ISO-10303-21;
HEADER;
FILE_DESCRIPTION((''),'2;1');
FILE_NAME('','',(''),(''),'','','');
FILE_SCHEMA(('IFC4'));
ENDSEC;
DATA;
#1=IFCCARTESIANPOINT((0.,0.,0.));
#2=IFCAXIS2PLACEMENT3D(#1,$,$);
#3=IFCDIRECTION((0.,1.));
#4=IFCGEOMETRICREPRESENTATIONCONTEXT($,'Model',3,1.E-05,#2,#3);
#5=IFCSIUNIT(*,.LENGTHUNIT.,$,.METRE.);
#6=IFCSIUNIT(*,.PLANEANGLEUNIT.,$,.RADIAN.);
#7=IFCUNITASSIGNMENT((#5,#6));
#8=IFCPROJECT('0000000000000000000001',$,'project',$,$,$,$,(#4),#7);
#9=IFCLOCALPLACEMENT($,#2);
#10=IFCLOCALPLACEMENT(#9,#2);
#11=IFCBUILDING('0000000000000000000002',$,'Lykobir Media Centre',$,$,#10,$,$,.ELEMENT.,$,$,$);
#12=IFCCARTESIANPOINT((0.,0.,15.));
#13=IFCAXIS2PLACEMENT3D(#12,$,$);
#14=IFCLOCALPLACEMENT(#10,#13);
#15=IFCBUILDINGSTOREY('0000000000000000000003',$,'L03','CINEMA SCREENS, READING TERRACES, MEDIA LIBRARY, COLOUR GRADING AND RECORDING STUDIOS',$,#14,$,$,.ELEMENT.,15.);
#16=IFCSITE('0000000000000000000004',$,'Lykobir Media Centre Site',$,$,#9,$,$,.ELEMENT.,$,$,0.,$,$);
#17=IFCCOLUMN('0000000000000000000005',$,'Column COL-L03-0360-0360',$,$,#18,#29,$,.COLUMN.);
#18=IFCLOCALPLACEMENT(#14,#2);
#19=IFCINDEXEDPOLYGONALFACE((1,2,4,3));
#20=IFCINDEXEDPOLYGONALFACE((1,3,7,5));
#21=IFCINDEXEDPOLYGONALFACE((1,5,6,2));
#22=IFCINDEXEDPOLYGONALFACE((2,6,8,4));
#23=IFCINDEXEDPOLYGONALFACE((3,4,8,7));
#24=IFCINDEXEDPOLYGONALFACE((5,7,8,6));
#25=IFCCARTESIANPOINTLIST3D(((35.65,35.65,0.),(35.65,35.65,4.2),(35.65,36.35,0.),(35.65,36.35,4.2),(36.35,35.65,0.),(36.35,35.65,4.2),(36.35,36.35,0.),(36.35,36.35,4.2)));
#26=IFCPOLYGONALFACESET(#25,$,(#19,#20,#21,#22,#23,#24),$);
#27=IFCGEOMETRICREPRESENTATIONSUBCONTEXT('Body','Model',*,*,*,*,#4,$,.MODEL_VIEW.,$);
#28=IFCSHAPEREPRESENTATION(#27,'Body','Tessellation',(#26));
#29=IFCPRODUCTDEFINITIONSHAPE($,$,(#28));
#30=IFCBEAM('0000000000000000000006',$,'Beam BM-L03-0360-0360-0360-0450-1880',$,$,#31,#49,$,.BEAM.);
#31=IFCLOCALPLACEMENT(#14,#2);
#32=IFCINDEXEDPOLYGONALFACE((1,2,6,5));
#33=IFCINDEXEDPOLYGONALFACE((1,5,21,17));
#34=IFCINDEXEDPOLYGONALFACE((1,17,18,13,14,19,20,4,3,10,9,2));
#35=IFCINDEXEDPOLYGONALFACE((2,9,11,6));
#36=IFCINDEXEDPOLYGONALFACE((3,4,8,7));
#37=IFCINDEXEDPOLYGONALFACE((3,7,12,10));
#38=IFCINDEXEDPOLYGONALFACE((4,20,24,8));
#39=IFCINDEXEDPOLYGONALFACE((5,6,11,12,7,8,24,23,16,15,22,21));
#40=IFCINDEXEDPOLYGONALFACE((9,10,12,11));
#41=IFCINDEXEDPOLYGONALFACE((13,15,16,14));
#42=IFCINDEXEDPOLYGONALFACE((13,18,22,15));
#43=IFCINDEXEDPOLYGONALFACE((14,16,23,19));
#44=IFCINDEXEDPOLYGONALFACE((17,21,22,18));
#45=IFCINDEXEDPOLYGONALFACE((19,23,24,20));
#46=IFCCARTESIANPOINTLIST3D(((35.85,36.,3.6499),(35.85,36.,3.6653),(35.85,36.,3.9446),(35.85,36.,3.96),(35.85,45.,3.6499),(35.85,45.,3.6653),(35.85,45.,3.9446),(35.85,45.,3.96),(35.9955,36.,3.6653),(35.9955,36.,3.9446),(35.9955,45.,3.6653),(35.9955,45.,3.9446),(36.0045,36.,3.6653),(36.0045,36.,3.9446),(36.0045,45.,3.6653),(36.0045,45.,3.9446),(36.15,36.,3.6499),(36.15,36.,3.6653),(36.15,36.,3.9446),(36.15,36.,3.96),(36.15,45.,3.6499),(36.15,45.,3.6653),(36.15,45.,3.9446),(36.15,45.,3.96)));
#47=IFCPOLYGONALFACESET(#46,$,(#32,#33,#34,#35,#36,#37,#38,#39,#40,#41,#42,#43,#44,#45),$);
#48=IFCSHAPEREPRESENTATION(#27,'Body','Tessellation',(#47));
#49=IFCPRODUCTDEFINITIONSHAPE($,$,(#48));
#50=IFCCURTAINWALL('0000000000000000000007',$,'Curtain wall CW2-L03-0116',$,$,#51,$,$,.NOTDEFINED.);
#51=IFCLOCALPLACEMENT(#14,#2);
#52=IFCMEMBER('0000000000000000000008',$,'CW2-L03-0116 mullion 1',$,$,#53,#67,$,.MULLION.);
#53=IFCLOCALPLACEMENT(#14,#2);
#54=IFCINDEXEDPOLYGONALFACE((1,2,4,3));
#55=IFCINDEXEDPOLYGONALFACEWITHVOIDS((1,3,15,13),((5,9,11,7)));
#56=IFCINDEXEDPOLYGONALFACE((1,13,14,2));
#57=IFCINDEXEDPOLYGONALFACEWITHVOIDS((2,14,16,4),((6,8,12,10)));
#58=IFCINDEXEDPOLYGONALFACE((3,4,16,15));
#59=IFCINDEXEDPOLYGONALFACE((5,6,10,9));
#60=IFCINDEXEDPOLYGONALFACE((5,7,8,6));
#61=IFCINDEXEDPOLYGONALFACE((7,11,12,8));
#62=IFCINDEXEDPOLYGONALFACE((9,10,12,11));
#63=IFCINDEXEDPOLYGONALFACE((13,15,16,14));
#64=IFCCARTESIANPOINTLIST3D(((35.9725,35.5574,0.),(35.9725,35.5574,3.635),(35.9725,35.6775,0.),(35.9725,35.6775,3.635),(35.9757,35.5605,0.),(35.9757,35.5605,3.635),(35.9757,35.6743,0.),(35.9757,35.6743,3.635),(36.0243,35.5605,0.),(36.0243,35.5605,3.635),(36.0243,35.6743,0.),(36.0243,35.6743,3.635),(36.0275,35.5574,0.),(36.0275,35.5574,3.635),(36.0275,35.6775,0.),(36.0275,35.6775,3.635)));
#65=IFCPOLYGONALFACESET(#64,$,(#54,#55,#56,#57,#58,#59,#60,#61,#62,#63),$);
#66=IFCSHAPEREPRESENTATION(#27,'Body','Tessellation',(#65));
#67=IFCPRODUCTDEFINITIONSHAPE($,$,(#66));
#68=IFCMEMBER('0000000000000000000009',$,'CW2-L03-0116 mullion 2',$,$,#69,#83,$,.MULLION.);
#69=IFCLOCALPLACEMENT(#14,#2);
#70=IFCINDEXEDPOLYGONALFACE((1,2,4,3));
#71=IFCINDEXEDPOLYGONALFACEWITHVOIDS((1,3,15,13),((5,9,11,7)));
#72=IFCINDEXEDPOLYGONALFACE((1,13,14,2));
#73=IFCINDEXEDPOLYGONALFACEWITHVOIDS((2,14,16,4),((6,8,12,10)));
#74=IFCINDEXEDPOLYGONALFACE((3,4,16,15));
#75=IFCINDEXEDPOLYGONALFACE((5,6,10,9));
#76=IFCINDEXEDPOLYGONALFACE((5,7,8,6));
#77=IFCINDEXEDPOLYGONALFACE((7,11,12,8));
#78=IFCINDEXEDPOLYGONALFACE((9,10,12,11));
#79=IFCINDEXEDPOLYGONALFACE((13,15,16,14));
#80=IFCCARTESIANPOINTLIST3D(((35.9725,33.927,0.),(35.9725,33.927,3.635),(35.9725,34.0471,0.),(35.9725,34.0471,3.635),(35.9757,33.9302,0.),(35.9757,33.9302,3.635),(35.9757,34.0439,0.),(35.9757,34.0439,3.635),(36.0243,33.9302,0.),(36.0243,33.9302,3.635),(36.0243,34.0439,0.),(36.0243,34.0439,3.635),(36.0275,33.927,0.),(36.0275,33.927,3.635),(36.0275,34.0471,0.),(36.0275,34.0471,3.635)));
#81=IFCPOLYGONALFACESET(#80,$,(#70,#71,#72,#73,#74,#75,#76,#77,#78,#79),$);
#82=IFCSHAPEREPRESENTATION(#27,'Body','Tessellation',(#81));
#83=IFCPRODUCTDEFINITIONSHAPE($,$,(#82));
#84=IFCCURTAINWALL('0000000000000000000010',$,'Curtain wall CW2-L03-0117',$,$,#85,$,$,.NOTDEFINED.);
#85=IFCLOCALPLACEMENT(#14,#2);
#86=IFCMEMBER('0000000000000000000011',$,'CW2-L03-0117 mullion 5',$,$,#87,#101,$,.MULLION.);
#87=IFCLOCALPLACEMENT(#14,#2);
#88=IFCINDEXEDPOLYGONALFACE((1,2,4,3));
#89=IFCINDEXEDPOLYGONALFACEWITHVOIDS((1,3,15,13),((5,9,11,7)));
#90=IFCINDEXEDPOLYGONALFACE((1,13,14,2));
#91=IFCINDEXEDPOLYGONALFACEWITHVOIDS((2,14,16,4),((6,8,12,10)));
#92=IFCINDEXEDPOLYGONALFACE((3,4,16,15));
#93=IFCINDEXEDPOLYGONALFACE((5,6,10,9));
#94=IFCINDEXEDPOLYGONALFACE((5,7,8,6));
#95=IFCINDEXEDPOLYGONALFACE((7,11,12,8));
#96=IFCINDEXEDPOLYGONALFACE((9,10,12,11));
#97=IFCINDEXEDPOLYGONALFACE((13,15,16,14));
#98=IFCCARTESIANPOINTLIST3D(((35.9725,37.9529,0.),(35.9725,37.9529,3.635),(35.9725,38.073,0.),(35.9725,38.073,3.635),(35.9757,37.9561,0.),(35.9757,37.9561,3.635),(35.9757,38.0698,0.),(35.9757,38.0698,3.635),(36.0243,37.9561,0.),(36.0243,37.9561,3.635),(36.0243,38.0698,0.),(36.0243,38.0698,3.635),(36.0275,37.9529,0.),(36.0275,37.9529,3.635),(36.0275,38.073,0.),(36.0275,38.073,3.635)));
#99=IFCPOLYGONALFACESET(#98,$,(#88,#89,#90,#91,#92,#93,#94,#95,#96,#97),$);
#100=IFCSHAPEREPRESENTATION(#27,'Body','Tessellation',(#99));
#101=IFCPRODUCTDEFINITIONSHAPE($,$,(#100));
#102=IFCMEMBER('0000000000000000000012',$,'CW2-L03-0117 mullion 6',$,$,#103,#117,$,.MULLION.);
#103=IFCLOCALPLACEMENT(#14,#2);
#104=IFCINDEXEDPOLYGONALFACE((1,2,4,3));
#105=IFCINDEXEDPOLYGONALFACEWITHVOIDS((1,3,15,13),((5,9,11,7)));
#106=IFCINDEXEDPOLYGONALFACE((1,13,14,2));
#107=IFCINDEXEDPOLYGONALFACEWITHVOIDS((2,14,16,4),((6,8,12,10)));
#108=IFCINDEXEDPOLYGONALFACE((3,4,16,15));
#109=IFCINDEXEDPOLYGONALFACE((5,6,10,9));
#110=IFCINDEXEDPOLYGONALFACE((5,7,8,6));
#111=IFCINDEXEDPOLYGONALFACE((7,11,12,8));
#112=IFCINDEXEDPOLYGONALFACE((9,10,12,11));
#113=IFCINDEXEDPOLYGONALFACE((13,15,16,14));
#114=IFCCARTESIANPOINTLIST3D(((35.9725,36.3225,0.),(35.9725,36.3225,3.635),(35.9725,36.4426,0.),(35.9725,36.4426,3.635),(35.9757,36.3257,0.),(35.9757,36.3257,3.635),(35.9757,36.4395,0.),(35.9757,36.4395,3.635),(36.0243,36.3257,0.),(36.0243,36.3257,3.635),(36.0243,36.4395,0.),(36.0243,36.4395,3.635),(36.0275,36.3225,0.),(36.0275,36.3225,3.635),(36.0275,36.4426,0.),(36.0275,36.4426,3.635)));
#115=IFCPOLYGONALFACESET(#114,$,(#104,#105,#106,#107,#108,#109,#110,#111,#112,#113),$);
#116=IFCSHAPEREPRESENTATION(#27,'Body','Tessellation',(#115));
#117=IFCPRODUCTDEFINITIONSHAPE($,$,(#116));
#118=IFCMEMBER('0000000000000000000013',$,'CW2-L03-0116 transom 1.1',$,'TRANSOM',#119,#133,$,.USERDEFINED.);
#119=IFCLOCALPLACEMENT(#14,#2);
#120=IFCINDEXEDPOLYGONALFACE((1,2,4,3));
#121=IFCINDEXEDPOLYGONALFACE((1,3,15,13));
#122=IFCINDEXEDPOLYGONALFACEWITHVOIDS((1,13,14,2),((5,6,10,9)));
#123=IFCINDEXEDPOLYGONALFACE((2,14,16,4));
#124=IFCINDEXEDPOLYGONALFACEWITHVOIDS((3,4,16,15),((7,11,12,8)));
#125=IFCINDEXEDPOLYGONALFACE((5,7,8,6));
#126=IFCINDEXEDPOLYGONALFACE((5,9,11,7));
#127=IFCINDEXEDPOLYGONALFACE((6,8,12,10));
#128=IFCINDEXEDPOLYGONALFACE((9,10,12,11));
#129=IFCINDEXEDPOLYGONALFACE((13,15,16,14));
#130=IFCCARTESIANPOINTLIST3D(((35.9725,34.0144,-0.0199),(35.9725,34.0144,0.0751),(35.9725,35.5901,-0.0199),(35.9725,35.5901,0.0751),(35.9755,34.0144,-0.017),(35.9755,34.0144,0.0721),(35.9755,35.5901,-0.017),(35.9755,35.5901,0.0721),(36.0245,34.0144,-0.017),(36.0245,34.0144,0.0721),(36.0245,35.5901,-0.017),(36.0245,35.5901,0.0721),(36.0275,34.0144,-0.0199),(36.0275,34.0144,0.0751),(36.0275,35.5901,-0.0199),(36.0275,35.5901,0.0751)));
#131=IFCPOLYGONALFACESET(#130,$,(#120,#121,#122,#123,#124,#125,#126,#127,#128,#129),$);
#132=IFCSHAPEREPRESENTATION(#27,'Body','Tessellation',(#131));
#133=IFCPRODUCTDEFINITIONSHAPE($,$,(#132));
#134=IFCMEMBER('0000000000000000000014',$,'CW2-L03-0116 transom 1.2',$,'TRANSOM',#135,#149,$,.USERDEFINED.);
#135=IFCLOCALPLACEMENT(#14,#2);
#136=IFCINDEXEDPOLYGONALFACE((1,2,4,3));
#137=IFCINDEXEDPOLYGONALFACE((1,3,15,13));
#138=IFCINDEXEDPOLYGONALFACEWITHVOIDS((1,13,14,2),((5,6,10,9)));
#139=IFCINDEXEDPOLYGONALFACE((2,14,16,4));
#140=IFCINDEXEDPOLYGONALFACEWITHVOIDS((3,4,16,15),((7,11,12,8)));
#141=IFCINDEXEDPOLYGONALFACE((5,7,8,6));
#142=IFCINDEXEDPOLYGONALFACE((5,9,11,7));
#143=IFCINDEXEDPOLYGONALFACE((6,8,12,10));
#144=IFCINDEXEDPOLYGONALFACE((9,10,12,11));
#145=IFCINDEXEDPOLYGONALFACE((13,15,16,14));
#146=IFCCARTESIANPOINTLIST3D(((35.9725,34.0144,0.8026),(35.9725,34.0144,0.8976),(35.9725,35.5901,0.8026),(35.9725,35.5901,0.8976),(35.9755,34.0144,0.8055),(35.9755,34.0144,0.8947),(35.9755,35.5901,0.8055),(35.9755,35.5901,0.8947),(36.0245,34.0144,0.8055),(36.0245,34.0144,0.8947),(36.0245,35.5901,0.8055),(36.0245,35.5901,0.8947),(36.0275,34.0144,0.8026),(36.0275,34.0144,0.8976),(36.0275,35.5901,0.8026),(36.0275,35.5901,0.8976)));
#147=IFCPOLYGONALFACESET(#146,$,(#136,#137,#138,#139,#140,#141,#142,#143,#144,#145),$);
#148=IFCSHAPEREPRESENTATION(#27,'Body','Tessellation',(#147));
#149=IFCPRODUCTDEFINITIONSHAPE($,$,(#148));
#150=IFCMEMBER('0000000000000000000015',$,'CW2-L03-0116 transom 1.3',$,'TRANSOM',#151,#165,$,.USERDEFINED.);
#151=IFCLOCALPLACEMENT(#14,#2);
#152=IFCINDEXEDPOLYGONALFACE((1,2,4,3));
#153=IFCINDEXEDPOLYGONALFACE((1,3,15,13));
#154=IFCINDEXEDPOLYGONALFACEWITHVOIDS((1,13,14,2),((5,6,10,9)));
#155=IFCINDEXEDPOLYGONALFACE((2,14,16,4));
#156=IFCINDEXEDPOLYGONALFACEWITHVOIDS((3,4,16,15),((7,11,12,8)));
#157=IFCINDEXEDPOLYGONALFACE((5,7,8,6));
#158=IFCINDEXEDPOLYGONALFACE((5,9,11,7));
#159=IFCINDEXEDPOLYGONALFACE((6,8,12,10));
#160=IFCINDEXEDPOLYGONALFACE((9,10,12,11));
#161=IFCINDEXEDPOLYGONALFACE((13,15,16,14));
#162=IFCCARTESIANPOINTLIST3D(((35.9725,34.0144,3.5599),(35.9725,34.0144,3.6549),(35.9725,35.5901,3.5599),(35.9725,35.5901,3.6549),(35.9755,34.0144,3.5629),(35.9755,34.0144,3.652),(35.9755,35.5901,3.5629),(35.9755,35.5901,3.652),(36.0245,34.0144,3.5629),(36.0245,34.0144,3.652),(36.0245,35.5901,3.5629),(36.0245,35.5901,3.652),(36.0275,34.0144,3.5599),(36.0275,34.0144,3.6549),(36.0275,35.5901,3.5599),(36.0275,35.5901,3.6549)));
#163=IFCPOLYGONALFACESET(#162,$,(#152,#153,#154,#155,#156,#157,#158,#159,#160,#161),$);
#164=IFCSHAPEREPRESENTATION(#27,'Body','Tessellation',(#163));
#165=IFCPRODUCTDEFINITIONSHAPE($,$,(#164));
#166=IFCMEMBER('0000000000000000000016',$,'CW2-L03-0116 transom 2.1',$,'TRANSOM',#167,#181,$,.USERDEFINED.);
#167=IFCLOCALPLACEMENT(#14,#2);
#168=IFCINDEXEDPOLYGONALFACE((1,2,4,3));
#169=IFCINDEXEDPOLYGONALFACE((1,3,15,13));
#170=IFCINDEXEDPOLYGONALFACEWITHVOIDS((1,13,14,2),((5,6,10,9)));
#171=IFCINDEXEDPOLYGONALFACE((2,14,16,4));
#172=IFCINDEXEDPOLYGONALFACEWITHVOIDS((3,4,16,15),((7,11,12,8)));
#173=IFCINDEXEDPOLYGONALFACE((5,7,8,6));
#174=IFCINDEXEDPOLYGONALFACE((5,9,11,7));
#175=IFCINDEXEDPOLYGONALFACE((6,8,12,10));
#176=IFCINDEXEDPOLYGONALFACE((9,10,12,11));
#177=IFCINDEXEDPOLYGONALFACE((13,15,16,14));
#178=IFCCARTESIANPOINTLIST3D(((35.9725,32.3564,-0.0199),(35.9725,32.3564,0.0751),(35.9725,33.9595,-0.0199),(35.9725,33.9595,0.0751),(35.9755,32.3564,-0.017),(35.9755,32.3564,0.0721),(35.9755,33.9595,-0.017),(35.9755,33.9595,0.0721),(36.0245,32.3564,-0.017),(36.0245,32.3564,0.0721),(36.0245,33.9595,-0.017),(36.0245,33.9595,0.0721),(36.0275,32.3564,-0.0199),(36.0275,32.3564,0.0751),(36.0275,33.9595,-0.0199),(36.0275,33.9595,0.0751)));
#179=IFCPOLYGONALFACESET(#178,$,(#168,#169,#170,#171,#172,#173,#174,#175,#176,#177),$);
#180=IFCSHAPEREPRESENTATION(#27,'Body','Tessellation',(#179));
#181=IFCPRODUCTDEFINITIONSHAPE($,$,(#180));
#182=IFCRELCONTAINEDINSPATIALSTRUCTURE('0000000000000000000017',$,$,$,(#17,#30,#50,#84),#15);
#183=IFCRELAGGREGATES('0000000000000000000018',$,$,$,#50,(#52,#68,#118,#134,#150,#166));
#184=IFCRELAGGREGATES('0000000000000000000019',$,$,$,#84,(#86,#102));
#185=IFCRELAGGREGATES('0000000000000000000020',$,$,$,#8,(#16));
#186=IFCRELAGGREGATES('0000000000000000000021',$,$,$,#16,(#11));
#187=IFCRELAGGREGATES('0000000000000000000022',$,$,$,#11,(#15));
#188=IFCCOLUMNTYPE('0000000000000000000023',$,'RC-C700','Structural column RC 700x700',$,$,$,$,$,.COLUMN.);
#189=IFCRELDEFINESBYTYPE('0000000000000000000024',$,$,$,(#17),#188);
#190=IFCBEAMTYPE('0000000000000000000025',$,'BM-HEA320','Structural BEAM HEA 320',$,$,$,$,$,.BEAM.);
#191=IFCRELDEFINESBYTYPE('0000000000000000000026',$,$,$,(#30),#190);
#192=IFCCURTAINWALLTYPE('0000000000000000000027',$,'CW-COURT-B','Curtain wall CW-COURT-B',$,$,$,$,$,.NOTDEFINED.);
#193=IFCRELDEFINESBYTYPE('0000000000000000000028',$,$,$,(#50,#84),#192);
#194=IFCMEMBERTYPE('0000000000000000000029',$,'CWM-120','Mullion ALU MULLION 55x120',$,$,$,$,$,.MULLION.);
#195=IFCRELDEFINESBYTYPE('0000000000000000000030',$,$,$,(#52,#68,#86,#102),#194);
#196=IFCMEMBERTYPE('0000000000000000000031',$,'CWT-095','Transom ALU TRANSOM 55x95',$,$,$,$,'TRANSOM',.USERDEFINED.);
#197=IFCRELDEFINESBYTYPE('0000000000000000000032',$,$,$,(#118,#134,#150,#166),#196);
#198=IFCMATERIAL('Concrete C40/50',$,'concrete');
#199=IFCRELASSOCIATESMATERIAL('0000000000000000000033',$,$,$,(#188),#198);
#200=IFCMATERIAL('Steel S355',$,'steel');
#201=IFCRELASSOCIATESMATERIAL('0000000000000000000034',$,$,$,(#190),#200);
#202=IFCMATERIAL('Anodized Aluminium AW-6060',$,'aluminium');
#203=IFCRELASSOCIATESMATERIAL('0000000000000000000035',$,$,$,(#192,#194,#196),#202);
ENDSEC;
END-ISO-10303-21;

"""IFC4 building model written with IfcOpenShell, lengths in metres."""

from ifc_helpers import new_model, si_unit, direction, frame, origin, origin_2d, place, context, subcontext, project, spatial, rectangle, hollow_rectangle, i_section, extrude, material, material_profile, profile_set, type_object, element, aggregate, save


model = new_model("IFC4")

# Units and contexts
model_context = context("Model", 3, precision=1e-05, world=origin(), true_north=direction((0.0, 1.0)))
body_context = subcontext(model_context, "Body", "Model", "MODEL_VIEW")
ifc_project = project(units=[si_unit("LENGTHUNIT", "METRE"), si_unit("PLANEANGLEUNIT", "RADIAN")], contexts=[model_context])

# Site, building, storey
site_placement = place(None, origin())
site = spatial("IfcSite", under=ifc_project, at=site_placement, Name="Lykobir Media Centre Site", CompositionType="ELEMENT", RefElevation=0.0)
building_placement = place(site_placement, origin())
building = spatial("IfcBuilding", under=site, at=building_placement, Name="Lykobir Media Centre", CompositionType="ELEMENT")
storey_placement = place(building_placement, frame((0.0, 0.0, 15.0)))
storey = spatial("IfcBuildingStorey", under=building, at=storey_placement, Name="L03", Description="CINEMA SCREENS, READING TERRACES, MEDIA LIBRARY, COLOUR GRADING AND RECORDING STUDIOS", CompositionType="ELEMENT", Elevation=15.0)

# Column
ifc_material_1 = material(Name="Concrete C40/50", Category="concrete")
ifc_material_profile_1 = material_profile(ifc_material_1, rectangle(XDim=0.7, YDim=0.7, at=origin_2d()), Name="RC 700x700")
ifc_profile_set_1 = profile_set([ifc_material_profile_1], Name="Concrete C40/50")
column_type = type_object("IfcColumnType", Name="RC-C700", Description="Structural column RC 700x700", PredefinedType="COLUMN", material=ifc_profile_set_1)
column_placement = place(storey_placement, frame((36.0, 36.0, 0.0), z_axis=(0.0, 0.0, 1.0), x_axis=(1.0, 0.0, 0.0)))
element("IfcColumn", 1, at=column_placement, inside=storey, type_object=column_type, Name="Column COL-L03-0360-0360", PredefinedType="COLUMN", context=body_context, shape_type="SweptSolid", body=[
    extrude(rectangle(XDim=0.7, YDim=0.7, at=origin_2d()), origin(), (0.0, 0.0, 1.0), 4.2),
])

# Beam
ifc_material_2 = material(Name="Steel S355", Category="steel")
ifc_material_profile_2 = material_profile(ifc_material_2, i_section(OverallWidth=0.3, OverallDepth=0.3101, WebThickness=0.009, FlangeThickness=0.0154, at=origin_2d()), Name="HEA 320")
ifc_profile_set_2 = profile_set([ifc_material_profile_2], Name="Steel S355")
beam_type = type_object("IfcBeamType", Name="BM-HEA320", Description="Structural BEAM HEA 320", PredefinedType="BEAM", material=ifc_profile_set_2)
beam_placement = place(storey_placement, frame((36.0, 36.0, 3.8049), z_axis=(0.0, 1.0, 0.0), x_axis=(-1.0, 0.0, 0.0)))
element("IfcBeam", 2, at=beam_placement, inside=storey, type_object=beam_type, Name="Beam BM-L03-0360-0360-0360-0450-1880", PredefinedType="BEAM", context=body_context, shape_type="SweptSolid", body=[
    extrude(i_section(OverallWidth=0.3, OverallDepth=0.3101, WebThickness=0.009, FlangeThickness=0.0154, at=origin_2d()), origin(), (0.0, 0.0, 1.0), 9.0),
])

# Curtain walls, members
ifc_material_3 = material(Name="Anodized Aluminium AW-6060", Category="aluminium")
curtain_wall_type = type_object("IfcCurtainWallType", Name="CW-COURT-B", Description="Curtain wall CW-COURT-B", PredefinedType="NOTDEFINED", material=ifc_material_3)
curtain_wall_1_placement = place(storey_placement, origin())
curtain_wall_1 = element("IfcCurtainWall", 3, at=curtain_wall_1_placement, inside=storey, type_object=curtain_wall_type, Name="Curtain wall CW2-L03-0116", PredefinedType="NOTDEFINED")
ifc_material_profile_3 = material_profile(ifc_material_3, hollow_rectangle(XDim=0.0549, YDim=0.1201, WallThickness=0.0032, at=origin_2d()), Name="ALU MULLION 55x120")
ifc_profile_set_3 = profile_set([ifc_material_profile_3], Name="Anodized Aluminium AW-6060")
member_type_1 = type_object("IfcMemberType", Name="CWM-120", Description="Mullion ALU MULLION 55x120", PredefinedType="MULLION", material=ifc_profile_set_3)
member_1_placement = place(storey_placement, frame((36.0, 35.6174, 0.0), z_axis=(0.0, 0.0, 1.0), x_axis=(1.0, 0.0, 0.0)))
member_1 = element("IfcMember", 4, at=member_1_placement, type_object=member_type_1, Name="CW2-L03-0116 mullion 1", PredefinedType="MULLION", context=body_context, shape_type="SweptSolid", body=[
    extrude(hollow_rectangle(XDim=0.0549, YDim=0.1201, WallThickness=0.0032, at=origin_2d()), origin(), (0.0, 0.0, 1.0), 3.635),
])
member_2_placement = place(storey_placement, frame((36.0, 33.9871, 0.0), z_axis=(0.0, 0.0, 1.0), x_axis=(1.0, 0.0, 0.0)))
member_2 = element("IfcMember", 5, at=member_2_placement, type_object=member_type_1, Name="CW2-L03-0116 mullion 2", PredefinedType="MULLION", context=body_context, shape_type="SweptSolid", body=[
    extrude(hollow_rectangle(XDim=0.0549, YDim=0.1201, WallThickness=0.0032, at=origin_2d()), origin(), (0.0, 0.0, 1.0), 3.635),
])
curtain_wall_2_placement = place(storey_placement, origin())
curtain_wall_2 = element("IfcCurtainWall", 6, at=curtain_wall_2_placement, inside=storey, type_object=curtain_wall_type, Name="Curtain wall CW2-L03-0117", PredefinedType="NOTDEFINED")
member_3_placement = place(storey_placement, frame((36.0, 38.0129, 0.0), z_axis=(0.0, 0.0, 1.0), x_axis=(1.0, 0.0, 0.0)))
member_3 = element("IfcMember", 7, at=member_3_placement, type_object=member_type_1, Name="CW2-L03-0117 mullion 5", PredefinedType="MULLION", context=body_context, shape_type="SweptSolid", body=[
    extrude(hollow_rectangle(XDim=0.0549, YDim=0.1201, WallThickness=0.0032, at=origin_2d()), origin(), (0.0, 0.0, 1.0), 3.635),
])
member_4_placement = place(storey_placement, frame((36.0, 36.3826, 0.0), z_axis=(0.0, 0.0, 1.0), x_axis=(1.0, 0.0, 0.0)))
member_4 = element("IfcMember", 8, at=member_4_placement, type_object=member_type_1, Name="CW2-L03-0117 mullion 6", PredefinedType="MULLION", context=body_context, shape_type="SweptSolid", body=[
    extrude(hollow_rectangle(XDim=0.0549, YDim=0.1201, WallThickness=0.0032, at=origin_2d()), origin(), (0.0, 0.0, 1.0), 3.635),
])

# Members
ifc_material_profile_4 = material_profile(ifc_material_3, hollow_rectangle(XDim=0.0549, YDim=0.095, WallThickness=0.0029, at=origin_2d()), Name="ALU TRANSOM 55x95")
ifc_profile_set_4 = profile_set([ifc_material_profile_4], Name="Anodized Aluminium AW-6060")
member_type_2 = type_object("IfcMemberType", Name="CWT-095", Description="Transom ALU TRANSOM 55x95", ElementType="TRANSOM", PredefinedType="USERDEFINED", material=ifc_profile_set_4)
member_5_placement = place(storey_placement, frame((36.0, 35.5901, 0.0276), z_axis=(0.0, -1.0, 0.0), x_axis=(1.0, 0.0, 0.0)))
member_5 = element("IfcMember", 9, at=member_5_placement, type_object=member_type_2, Name="CW2-L03-0116 transom 1.1", ObjectType="TRANSOM", PredefinedType="USERDEFINED", context=body_context, shape_type="SweptSolid", body=[
    extrude(hollow_rectangle(XDim=0.0549, YDim=0.095, WallThickness=0.0029, at=origin_2d()), origin(), (0.0, 0.0, 1.0), 1.5757),
])
member_6_placement = place(storey_placement, frame((36.0, 35.5901, 0.8501), z_axis=(0.0, -1.0, 0.0), x_axis=(1.0, 0.0, 0.0)))
member_6 = element("IfcMember", 10, at=member_6_placement, type_object=member_type_2, Name="CW2-L03-0116 transom 1.2", ObjectType="TRANSOM", PredefinedType="USERDEFINED", context=body_context, shape_type="SweptSolid", body=[
    extrude(hollow_rectangle(XDim=0.0549, YDim=0.095, WallThickness=0.0029, at=origin_2d()), origin(), (0.0, 0.0, 1.0), 1.5757),
])
member_7_placement = place(storey_placement, frame((36.0, 35.5901, 3.6074), z_axis=(0.0, -1.0, 0.0), x_axis=(1.0, 0.0, 0.0)))
member_7 = element("IfcMember", 11, at=member_7_placement, type_object=member_type_2, Name="CW2-L03-0116 transom 1.3", ObjectType="TRANSOM", PredefinedType="USERDEFINED", context=body_context, shape_type="SweptSolid", body=[
    extrude(hollow_rectangle(XDim=0.0549, YDim=0.095, WallThickness=0.0029, at=origin_2d()), origin(), (0.0, 0.0, 1.0), 1.5757),
])
member_8_placement = place(storey_placement, frame((36.0, 33.9595, 0.0276), z_axis=(0.0, -1.0, 0.0), x_axis=(1.0, 0.0, 0.0)))
member_8 = element("IfcMember", 12, at=member_8_placement, type_object=member_type_2, Name="CW2-L03-0116 transom 2.1", ObjectType="TRANSOM", PredefinedType="USERDEFINED", context=body_context, shape_type="SweptSolid", body=[
    extrude(hollow_rectangle(XDim=0.0549, YDim=0.095, WallThickness=0.0029, at=origin_2d()), origin(), (0.0, 0.0, 1.0), 1.603),
])

aggregate(curtain_wall_1, [member_1, member_2, member_5, member_6, member_7, member_8])
aggregate(curtain_wall_2, [member_3, member_4])

save(model, "model.ifc")
